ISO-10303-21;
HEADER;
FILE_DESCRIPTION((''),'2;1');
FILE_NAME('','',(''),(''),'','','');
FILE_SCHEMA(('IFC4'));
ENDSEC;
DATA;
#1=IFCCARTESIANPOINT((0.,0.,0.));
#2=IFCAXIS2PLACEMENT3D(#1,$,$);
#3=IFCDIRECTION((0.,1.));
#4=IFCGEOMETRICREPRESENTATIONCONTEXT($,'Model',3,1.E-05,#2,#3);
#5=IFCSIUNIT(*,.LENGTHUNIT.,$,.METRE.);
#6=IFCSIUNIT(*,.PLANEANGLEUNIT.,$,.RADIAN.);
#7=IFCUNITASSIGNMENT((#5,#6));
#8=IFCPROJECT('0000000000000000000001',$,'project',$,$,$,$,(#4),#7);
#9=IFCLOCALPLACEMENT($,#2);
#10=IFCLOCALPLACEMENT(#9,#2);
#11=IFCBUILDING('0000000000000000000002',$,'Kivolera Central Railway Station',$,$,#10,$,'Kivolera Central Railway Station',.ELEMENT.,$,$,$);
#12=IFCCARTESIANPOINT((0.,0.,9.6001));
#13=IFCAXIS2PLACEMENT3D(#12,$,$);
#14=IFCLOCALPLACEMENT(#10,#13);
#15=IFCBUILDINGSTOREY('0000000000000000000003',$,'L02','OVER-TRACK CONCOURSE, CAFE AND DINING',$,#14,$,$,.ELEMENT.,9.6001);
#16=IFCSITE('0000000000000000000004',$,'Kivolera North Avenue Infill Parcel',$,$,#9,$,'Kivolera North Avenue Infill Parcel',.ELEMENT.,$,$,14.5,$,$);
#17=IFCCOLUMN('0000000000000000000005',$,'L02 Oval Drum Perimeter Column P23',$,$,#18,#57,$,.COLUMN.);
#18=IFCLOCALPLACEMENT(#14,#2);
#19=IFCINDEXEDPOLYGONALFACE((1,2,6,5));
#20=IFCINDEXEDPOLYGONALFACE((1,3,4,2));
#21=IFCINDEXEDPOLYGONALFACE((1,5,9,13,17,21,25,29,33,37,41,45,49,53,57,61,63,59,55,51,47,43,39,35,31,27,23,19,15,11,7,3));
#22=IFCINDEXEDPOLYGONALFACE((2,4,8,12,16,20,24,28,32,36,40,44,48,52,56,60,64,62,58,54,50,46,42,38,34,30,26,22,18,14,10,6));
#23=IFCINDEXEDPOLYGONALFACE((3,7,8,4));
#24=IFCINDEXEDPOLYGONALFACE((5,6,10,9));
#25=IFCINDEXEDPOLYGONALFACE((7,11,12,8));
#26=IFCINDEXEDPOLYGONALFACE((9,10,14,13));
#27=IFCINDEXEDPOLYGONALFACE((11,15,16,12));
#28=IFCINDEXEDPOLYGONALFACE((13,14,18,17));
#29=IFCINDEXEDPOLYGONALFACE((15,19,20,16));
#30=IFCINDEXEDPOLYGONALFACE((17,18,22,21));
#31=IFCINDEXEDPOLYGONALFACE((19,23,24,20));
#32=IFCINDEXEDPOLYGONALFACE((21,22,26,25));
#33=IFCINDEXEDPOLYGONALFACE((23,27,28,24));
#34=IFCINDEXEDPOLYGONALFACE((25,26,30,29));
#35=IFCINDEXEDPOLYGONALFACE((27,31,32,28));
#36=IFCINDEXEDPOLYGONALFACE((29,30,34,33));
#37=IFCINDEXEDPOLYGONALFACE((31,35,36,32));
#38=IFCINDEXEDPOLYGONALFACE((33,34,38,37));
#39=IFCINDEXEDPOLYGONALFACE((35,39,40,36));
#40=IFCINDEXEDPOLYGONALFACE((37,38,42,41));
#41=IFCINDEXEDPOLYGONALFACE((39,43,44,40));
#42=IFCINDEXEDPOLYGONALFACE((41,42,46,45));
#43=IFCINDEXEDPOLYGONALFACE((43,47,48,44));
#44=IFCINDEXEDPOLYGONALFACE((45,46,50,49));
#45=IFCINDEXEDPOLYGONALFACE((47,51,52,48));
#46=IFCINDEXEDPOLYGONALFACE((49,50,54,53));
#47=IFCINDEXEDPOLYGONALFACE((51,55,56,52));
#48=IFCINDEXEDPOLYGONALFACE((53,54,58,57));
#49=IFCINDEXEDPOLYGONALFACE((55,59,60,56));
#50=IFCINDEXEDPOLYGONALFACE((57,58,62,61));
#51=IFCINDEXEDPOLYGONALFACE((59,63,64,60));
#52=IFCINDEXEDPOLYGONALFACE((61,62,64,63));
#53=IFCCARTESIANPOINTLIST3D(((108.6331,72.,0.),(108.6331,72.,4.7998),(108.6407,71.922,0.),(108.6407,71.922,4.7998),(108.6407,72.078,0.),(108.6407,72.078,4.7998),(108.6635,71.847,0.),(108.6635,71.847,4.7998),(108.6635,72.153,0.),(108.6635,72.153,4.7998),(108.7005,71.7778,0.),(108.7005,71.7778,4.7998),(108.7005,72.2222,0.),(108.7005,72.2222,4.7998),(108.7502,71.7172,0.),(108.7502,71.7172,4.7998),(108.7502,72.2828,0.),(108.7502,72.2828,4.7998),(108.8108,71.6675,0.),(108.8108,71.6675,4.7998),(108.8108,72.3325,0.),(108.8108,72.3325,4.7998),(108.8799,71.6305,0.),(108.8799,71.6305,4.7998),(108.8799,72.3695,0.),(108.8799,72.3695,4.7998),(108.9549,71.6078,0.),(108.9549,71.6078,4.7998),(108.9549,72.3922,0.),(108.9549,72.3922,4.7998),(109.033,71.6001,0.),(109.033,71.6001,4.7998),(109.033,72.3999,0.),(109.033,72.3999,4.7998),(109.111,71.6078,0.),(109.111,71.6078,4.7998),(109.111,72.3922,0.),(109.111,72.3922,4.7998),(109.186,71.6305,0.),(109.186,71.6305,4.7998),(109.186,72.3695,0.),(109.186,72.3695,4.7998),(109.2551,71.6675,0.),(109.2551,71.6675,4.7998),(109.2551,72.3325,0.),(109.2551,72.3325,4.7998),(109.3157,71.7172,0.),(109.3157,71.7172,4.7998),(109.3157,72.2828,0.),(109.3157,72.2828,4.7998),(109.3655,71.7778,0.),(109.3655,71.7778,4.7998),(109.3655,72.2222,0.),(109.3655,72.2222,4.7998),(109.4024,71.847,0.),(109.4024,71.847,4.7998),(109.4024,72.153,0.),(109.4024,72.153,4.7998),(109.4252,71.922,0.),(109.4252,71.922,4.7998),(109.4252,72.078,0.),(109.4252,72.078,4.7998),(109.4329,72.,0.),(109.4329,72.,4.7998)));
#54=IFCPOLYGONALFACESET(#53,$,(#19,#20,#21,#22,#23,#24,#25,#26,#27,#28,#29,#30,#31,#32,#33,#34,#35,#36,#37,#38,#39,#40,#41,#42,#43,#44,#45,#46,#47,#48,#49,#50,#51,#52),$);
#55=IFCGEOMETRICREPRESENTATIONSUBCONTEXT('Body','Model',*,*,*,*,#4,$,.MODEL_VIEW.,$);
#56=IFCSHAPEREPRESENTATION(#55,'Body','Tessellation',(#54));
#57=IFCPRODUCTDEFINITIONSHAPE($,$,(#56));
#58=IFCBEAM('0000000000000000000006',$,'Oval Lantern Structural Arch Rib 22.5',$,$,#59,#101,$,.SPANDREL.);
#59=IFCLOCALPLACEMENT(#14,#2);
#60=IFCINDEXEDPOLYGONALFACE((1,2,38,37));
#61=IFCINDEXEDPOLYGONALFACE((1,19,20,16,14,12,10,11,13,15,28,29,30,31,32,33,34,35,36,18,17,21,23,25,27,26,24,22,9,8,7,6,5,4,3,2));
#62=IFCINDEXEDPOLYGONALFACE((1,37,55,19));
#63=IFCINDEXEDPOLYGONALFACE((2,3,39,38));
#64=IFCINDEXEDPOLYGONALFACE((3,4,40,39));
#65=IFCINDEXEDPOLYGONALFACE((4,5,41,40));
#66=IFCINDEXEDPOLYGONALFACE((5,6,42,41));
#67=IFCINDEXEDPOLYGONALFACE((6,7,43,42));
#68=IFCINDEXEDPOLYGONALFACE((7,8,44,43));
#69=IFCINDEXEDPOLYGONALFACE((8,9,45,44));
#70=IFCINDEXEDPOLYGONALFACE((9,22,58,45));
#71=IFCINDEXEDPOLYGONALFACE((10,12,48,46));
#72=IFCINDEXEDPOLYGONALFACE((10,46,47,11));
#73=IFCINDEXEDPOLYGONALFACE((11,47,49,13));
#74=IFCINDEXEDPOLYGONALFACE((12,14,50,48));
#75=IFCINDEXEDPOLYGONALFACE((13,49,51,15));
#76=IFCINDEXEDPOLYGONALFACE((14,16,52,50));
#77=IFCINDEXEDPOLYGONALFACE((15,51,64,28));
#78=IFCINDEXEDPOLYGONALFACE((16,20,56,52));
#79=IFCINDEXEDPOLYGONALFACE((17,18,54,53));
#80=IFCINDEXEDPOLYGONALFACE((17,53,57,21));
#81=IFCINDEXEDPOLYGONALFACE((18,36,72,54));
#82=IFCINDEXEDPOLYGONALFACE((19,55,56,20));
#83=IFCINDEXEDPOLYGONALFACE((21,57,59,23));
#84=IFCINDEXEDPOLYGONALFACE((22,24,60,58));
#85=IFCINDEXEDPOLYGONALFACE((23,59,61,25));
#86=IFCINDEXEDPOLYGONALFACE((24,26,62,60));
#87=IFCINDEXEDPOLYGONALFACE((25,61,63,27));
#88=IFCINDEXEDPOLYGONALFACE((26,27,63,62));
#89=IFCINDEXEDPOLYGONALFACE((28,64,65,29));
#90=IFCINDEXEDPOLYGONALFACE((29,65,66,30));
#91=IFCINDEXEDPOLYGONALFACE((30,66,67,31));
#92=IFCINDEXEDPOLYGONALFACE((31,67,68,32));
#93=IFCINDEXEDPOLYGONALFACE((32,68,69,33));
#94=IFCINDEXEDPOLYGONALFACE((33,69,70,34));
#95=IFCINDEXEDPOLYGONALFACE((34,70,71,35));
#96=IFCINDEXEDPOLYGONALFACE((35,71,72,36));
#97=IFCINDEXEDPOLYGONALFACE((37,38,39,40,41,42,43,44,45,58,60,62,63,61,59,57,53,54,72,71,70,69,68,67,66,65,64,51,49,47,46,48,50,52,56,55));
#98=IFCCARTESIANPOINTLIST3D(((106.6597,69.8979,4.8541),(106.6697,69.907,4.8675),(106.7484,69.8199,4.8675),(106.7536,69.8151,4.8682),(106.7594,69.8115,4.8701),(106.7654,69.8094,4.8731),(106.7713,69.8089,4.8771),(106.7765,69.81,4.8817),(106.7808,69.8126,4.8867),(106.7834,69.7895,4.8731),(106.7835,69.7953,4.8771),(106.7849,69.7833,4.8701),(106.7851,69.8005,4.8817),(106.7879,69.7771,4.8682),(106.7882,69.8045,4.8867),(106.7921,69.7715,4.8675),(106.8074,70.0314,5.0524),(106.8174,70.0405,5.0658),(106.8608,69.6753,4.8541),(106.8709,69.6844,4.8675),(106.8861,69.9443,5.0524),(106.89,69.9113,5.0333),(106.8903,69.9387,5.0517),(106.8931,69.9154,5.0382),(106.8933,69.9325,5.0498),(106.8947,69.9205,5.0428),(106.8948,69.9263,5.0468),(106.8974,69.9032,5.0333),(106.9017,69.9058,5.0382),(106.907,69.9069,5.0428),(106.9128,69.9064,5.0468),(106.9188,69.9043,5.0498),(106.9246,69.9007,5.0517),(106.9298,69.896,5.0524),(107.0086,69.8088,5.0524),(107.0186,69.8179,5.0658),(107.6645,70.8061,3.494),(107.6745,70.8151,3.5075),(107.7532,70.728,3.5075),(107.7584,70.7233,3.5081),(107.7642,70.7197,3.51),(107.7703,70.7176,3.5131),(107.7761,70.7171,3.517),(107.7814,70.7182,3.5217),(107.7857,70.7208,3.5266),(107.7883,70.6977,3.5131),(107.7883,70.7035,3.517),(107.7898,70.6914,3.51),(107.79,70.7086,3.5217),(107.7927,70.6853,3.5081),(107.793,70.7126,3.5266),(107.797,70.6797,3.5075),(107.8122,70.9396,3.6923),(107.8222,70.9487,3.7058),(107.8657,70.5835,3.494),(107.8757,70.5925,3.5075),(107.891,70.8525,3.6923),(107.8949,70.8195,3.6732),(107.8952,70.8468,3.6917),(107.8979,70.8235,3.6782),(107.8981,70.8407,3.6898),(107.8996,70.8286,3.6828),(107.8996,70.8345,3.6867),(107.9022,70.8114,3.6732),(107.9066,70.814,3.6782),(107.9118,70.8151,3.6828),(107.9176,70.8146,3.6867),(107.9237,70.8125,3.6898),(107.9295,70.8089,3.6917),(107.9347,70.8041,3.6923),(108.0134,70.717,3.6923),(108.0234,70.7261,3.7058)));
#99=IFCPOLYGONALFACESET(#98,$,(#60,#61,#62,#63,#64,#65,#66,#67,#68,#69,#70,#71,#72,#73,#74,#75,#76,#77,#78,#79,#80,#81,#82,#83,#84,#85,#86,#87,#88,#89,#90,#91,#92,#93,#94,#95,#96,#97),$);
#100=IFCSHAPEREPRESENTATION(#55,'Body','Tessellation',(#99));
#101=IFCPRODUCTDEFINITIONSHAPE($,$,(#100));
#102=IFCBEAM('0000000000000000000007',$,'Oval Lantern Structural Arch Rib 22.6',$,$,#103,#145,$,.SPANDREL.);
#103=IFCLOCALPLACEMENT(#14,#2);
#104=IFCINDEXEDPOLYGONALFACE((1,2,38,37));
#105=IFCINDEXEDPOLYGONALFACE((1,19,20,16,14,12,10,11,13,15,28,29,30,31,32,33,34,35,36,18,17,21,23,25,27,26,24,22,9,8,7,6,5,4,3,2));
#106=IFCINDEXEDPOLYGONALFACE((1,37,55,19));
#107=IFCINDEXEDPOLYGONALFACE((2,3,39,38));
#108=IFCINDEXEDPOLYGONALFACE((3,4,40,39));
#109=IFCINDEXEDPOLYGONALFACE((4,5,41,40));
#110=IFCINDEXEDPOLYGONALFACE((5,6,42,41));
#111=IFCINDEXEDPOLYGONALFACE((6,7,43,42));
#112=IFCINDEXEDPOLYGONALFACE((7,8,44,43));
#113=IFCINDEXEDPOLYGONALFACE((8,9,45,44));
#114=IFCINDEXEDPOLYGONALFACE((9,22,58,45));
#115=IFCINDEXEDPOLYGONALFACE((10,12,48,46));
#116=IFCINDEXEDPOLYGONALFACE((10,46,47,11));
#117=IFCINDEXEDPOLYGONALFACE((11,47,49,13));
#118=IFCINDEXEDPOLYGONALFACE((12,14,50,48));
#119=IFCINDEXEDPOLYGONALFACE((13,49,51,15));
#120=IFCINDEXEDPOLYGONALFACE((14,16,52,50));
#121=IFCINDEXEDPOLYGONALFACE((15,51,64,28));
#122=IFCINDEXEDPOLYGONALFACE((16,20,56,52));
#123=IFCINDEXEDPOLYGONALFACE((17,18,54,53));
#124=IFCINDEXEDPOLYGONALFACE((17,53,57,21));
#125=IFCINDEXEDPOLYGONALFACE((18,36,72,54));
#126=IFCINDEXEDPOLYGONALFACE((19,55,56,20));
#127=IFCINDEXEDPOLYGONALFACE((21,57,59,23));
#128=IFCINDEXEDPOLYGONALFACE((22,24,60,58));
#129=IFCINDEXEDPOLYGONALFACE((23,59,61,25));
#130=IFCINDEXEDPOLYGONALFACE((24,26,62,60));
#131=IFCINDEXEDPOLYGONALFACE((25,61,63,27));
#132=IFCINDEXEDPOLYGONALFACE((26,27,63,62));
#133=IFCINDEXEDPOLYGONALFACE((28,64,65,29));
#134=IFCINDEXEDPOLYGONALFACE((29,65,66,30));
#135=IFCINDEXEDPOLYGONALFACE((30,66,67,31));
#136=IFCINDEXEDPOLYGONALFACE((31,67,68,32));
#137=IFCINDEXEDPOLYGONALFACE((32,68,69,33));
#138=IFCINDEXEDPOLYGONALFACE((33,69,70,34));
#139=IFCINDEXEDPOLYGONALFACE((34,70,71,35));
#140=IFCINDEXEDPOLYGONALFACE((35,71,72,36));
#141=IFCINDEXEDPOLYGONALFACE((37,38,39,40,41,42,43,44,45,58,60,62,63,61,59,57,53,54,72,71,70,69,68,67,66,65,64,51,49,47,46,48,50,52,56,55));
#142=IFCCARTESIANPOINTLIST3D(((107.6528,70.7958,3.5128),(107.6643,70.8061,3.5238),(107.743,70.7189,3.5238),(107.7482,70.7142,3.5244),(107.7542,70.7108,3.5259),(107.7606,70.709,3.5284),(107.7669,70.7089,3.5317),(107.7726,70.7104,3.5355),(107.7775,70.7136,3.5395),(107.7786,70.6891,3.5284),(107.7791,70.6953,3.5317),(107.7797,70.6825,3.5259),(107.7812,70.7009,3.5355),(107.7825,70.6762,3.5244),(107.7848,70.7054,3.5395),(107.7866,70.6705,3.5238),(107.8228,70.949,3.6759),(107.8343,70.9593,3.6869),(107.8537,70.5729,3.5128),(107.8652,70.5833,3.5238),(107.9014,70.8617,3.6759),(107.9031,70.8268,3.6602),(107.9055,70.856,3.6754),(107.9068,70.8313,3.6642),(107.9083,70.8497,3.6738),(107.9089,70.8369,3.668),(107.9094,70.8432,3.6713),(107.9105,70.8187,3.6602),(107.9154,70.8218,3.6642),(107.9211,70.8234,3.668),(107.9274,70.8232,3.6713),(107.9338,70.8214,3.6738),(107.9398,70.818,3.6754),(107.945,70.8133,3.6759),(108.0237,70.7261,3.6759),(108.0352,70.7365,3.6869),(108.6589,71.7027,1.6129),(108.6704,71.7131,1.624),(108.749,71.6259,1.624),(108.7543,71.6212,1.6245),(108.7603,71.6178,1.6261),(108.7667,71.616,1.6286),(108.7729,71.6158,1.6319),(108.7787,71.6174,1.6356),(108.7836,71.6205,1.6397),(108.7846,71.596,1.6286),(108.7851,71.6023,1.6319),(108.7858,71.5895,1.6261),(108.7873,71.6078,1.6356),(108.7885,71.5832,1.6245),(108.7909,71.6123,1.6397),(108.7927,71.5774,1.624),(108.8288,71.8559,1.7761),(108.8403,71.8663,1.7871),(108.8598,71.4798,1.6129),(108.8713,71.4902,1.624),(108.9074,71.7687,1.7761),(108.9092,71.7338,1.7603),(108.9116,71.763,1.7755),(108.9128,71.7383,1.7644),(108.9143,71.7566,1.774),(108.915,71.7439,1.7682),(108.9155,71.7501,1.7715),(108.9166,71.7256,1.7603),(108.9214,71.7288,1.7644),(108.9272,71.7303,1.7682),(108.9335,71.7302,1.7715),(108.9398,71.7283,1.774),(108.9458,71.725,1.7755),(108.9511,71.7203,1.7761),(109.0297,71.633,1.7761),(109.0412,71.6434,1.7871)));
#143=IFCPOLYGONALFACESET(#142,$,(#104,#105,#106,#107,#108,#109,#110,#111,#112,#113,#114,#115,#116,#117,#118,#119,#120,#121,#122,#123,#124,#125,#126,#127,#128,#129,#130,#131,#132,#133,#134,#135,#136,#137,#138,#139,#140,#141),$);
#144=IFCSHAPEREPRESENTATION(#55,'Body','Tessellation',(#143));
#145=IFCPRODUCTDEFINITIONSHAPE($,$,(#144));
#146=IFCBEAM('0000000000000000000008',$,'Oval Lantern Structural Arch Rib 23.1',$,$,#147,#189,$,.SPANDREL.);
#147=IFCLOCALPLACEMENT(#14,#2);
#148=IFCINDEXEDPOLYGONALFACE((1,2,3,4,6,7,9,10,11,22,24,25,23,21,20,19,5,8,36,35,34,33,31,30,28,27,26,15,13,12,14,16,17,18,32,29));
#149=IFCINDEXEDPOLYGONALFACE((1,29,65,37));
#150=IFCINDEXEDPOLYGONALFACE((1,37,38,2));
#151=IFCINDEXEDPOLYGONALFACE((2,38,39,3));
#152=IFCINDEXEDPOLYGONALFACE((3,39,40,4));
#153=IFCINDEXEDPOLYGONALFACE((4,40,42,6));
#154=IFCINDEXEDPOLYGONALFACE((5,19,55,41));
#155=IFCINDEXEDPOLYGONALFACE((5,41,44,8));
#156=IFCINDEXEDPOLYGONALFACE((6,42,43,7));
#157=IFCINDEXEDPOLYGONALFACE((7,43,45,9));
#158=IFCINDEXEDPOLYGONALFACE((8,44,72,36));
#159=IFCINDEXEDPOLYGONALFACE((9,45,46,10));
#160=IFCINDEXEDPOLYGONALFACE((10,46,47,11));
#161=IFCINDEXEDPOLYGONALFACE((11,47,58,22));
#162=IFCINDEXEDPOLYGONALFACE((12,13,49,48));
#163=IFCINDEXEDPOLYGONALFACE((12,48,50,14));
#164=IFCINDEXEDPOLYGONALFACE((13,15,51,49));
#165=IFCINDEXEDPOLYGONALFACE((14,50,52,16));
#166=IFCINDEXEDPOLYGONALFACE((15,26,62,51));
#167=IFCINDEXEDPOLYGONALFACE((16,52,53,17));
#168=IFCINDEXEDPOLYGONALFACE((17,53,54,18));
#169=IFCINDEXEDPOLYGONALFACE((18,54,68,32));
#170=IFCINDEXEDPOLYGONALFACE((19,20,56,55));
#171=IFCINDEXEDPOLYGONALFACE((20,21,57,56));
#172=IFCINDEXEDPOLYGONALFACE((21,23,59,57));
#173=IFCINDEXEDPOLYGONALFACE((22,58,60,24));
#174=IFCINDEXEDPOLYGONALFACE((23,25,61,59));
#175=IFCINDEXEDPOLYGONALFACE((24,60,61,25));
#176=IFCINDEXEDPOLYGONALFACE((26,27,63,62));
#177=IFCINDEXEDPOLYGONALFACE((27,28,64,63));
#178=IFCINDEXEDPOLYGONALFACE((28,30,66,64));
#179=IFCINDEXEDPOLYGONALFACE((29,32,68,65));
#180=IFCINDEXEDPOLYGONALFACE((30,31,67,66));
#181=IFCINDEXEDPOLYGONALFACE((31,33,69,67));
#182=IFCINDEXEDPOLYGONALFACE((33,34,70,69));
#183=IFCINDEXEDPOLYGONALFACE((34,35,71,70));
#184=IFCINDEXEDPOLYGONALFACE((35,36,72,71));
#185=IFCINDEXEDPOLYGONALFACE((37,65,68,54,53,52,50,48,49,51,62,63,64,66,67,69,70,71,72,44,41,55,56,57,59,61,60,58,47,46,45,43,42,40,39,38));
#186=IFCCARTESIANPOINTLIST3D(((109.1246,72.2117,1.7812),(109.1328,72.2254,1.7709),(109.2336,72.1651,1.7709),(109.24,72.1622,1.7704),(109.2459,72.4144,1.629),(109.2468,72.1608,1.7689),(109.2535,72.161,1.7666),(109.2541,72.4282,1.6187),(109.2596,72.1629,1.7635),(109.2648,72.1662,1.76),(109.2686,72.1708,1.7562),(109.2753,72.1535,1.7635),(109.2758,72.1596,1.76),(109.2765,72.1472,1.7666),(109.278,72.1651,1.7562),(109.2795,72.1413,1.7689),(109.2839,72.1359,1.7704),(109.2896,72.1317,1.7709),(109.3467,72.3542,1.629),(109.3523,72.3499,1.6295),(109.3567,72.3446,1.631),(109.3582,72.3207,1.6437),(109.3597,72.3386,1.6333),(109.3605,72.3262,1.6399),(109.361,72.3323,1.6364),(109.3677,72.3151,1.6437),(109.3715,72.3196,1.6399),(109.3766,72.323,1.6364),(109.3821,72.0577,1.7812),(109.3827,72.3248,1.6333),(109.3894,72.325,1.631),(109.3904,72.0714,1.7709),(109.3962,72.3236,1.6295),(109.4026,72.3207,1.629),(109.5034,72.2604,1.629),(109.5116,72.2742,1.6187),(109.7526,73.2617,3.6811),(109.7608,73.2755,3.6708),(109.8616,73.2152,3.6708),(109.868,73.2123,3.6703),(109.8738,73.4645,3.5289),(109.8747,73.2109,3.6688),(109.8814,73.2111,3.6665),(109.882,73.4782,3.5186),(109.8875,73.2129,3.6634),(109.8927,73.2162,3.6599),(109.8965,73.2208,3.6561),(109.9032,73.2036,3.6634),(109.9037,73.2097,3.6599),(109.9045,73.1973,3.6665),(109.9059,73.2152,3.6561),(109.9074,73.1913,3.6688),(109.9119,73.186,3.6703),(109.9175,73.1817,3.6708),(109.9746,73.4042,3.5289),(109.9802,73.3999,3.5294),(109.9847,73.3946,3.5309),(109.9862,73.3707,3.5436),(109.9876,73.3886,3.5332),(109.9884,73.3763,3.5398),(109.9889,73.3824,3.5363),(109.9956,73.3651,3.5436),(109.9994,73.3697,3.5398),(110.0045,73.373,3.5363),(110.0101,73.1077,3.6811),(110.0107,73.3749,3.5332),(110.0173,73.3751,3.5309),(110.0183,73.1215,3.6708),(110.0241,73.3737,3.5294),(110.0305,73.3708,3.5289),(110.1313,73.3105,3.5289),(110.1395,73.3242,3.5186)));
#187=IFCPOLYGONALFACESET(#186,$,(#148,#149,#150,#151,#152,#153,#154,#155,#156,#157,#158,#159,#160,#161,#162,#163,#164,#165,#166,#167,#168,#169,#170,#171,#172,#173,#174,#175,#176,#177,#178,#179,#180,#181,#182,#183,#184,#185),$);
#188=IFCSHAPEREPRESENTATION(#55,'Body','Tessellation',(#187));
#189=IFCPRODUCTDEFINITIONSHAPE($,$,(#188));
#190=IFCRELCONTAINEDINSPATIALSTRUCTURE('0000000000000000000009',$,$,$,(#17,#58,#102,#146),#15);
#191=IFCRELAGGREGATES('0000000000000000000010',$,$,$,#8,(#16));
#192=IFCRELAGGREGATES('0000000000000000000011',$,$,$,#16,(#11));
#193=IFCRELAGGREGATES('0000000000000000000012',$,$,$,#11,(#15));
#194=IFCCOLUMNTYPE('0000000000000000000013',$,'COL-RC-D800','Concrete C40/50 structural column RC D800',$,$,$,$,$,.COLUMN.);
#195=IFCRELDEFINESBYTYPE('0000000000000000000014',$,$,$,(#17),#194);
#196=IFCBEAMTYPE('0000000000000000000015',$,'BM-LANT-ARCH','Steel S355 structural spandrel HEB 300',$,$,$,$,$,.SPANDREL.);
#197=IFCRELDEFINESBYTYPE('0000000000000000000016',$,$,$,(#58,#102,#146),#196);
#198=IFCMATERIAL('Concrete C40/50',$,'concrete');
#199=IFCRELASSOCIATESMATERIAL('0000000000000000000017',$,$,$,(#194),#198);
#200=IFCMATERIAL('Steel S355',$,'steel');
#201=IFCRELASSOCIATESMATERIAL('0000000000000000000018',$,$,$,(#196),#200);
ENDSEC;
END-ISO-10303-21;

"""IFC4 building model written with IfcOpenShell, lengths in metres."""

from ifc_helpers import new_model, si_unit, direction, frame, origin, origin_2d, place, context, subcontext, project, spatial, circle, i_section, extrude, material, material_profile, profile_set, type_object, element, save


model = new_model("IFC4")

# Units and contexts
model_context = context("Model", 3, precision=1e-05, world=origin(), true_north=direction((0.0, 1.0)))
body_context = subcontext(model_context, "Body", "Model", "MODEL_VIEW")
ifc_project = project(units=[si_unit("LENGTHUNIT", "METRE"), si_unit("PLANEANGLEUNIT", "RADIAN")], contexts=[model_context])

# Site, building, storey
site_placement = place(None, origin())
site = spatial("IfcSite", under=ifc_project, at=site_placement, Name="Kivolera North Avenue Infill Parcel", LongName="Kivolera North Avenue Infill Parcel", CompositionType="ELEMENT", RefElevation=14.5)
building_placement = place(site_placement, origin())
building = spatial("IfcBuilding", under=site, at=building_placement, Name="Kivolera Central Railway Station", LongName="Kivolera Central Railway Station", CompositionType="ELEMENT")
storey_placement = place(building_placement, frame((0.0, 0.0, 9.6001)))
storey = spatial("IfcBuildingStorey", under=building, at=storey_placement, Name="L02", Description="OVER-TRACK CONCOURSE, CAFE AND DINING", CompositionType="ELEMENT", Elevation=9.6001)

# Column
ifc_material_1 = material(Name="Concrete C40/50", Category="concrete")
ifc_material_profile_1 = material_profile(ifc_material_1, circle(Radius=0.3999, at=origin_2d()), Name="RC D800")
ifc_profile_set_1 = profile_set([ifc_material_profile_1], Name="Concrete C40/50")
column_type = type_object("IfcColumnType", Name="COL-RC-D800", Description="Concrete C40/50 structural column RC D800", PredefinedType="COLUMN", material=ifc_profile_set_1)
column_placement = place(storey_placement, frame((109.033, 72.0, 0.0), z_axis=(0.0, 0.0, 1.0), x_axis=(1.0, 0.0, 0.0)))
element("IfcColumn", 1, at=column_placement, inside=storey, type_object=column_type, Name="L02 Oval Drum Perimeter Column P23", PredefinedType="COLUMN", context=body_context, shape_type="SweptSolid", body=[
    extrude(circle(Radius=0.3999, at=origin_2d()), origin(), (0.0, 0.0, 1.0), 4.7998),
])

# Beams
ifc_material_2 = material(Name="Steel S355", Category="steel")
ifc_material_profile_2 = material_profile(ifc_material_2, i_section(OverallWidth=0.3, OverallDepth=0.3, WebThickness=0.011, FlangeThickness=0.019, FilletRadius=0.0271, at=origin_2d()), Name="HEB 300")
ifc_profile_set_2 = profile_set([ifc_material_profile_2], Name="Steel S355")
beam_type = type_object("IfcBeamType", Name="BM-LANT-ARCH", Description="Steel S355 structural spandrel HEB 300", PredefinedType="SPANDREL", material=ifc_profile_set_2)
beam_1_placement = place(storey_placement, frame((106.8391, 69.8579, 4.96), z_axis=(0.52351, 0.473143, -0.708571), x_axis=(-0.670517, 0.741894, 0.0)))
element("IfcBeam", 2, at=beam_1_placement, inside=storey, type_object=beam_type, Name="Oval Lantern Structural Arch Rib 22.5", PredefinedType="SPANDREL", context=body_context, shape_type="SweptSolid", body=[
    extrude(i_section(OverallWidth=0.3, OverallDepth=0.3, WebThickness=0.011, FlangeThickness=0.019, FilletRadius=0.0271, at=origin_2d()), origin(), (0.0, 0.0, 1.0), 1.9194),
])
beam_2_placement = place(storey_placement, frame((107.844, 70.7661, 3.5999), z_axis=(0.431185, 0.388705, -0.81424), x_axis=(-0.669572, 0.742747, 0.0)))
element("IfcBeam", 3, at=beam_2_placement, inside=storey, type_object=beam_type, Name="Oval Lantern Structural Arch Rib 22.6", PredefinedType="SPANDREL", context=body_context, shape_type="SweptSolid", body=[
    extrude(i_section(OverallWidth=0.3, OverallDepth=0.3, WebThickness=0.011, FlangeThickness=0.019, FilletRadius=0.0271, at=origin_2d()), origin(), (0.0, 0.0, 1.0), 2.3333),
])
beam_3_placement = place(storey_placement, frame((109.3181, 72.2429, 1.7), z_axis=(0.277874, 0.464672, 0.840753), x_axis=(-0.858249, 0.513233, 0.0)))
element("IfcBeam", 4, at=beam_3_placement, inside=storey, type_object=beam_type, Name="Oval Lantern Structural Arch Rib 23.1", PredefinedType="SPANDREL", context=body_context, shape_type="SweptSolid", body=[
    extrude(i_section(OverallWidth=0.3, OverallDepth=0.3, WebThickness=0.011, FlangeThickness=0.019, FilletRadius=0.0271, at=origin_2d()), origin(), (0.0, 0.0, 1.0), 2.2598),
])

save(model, "model.ifc")
